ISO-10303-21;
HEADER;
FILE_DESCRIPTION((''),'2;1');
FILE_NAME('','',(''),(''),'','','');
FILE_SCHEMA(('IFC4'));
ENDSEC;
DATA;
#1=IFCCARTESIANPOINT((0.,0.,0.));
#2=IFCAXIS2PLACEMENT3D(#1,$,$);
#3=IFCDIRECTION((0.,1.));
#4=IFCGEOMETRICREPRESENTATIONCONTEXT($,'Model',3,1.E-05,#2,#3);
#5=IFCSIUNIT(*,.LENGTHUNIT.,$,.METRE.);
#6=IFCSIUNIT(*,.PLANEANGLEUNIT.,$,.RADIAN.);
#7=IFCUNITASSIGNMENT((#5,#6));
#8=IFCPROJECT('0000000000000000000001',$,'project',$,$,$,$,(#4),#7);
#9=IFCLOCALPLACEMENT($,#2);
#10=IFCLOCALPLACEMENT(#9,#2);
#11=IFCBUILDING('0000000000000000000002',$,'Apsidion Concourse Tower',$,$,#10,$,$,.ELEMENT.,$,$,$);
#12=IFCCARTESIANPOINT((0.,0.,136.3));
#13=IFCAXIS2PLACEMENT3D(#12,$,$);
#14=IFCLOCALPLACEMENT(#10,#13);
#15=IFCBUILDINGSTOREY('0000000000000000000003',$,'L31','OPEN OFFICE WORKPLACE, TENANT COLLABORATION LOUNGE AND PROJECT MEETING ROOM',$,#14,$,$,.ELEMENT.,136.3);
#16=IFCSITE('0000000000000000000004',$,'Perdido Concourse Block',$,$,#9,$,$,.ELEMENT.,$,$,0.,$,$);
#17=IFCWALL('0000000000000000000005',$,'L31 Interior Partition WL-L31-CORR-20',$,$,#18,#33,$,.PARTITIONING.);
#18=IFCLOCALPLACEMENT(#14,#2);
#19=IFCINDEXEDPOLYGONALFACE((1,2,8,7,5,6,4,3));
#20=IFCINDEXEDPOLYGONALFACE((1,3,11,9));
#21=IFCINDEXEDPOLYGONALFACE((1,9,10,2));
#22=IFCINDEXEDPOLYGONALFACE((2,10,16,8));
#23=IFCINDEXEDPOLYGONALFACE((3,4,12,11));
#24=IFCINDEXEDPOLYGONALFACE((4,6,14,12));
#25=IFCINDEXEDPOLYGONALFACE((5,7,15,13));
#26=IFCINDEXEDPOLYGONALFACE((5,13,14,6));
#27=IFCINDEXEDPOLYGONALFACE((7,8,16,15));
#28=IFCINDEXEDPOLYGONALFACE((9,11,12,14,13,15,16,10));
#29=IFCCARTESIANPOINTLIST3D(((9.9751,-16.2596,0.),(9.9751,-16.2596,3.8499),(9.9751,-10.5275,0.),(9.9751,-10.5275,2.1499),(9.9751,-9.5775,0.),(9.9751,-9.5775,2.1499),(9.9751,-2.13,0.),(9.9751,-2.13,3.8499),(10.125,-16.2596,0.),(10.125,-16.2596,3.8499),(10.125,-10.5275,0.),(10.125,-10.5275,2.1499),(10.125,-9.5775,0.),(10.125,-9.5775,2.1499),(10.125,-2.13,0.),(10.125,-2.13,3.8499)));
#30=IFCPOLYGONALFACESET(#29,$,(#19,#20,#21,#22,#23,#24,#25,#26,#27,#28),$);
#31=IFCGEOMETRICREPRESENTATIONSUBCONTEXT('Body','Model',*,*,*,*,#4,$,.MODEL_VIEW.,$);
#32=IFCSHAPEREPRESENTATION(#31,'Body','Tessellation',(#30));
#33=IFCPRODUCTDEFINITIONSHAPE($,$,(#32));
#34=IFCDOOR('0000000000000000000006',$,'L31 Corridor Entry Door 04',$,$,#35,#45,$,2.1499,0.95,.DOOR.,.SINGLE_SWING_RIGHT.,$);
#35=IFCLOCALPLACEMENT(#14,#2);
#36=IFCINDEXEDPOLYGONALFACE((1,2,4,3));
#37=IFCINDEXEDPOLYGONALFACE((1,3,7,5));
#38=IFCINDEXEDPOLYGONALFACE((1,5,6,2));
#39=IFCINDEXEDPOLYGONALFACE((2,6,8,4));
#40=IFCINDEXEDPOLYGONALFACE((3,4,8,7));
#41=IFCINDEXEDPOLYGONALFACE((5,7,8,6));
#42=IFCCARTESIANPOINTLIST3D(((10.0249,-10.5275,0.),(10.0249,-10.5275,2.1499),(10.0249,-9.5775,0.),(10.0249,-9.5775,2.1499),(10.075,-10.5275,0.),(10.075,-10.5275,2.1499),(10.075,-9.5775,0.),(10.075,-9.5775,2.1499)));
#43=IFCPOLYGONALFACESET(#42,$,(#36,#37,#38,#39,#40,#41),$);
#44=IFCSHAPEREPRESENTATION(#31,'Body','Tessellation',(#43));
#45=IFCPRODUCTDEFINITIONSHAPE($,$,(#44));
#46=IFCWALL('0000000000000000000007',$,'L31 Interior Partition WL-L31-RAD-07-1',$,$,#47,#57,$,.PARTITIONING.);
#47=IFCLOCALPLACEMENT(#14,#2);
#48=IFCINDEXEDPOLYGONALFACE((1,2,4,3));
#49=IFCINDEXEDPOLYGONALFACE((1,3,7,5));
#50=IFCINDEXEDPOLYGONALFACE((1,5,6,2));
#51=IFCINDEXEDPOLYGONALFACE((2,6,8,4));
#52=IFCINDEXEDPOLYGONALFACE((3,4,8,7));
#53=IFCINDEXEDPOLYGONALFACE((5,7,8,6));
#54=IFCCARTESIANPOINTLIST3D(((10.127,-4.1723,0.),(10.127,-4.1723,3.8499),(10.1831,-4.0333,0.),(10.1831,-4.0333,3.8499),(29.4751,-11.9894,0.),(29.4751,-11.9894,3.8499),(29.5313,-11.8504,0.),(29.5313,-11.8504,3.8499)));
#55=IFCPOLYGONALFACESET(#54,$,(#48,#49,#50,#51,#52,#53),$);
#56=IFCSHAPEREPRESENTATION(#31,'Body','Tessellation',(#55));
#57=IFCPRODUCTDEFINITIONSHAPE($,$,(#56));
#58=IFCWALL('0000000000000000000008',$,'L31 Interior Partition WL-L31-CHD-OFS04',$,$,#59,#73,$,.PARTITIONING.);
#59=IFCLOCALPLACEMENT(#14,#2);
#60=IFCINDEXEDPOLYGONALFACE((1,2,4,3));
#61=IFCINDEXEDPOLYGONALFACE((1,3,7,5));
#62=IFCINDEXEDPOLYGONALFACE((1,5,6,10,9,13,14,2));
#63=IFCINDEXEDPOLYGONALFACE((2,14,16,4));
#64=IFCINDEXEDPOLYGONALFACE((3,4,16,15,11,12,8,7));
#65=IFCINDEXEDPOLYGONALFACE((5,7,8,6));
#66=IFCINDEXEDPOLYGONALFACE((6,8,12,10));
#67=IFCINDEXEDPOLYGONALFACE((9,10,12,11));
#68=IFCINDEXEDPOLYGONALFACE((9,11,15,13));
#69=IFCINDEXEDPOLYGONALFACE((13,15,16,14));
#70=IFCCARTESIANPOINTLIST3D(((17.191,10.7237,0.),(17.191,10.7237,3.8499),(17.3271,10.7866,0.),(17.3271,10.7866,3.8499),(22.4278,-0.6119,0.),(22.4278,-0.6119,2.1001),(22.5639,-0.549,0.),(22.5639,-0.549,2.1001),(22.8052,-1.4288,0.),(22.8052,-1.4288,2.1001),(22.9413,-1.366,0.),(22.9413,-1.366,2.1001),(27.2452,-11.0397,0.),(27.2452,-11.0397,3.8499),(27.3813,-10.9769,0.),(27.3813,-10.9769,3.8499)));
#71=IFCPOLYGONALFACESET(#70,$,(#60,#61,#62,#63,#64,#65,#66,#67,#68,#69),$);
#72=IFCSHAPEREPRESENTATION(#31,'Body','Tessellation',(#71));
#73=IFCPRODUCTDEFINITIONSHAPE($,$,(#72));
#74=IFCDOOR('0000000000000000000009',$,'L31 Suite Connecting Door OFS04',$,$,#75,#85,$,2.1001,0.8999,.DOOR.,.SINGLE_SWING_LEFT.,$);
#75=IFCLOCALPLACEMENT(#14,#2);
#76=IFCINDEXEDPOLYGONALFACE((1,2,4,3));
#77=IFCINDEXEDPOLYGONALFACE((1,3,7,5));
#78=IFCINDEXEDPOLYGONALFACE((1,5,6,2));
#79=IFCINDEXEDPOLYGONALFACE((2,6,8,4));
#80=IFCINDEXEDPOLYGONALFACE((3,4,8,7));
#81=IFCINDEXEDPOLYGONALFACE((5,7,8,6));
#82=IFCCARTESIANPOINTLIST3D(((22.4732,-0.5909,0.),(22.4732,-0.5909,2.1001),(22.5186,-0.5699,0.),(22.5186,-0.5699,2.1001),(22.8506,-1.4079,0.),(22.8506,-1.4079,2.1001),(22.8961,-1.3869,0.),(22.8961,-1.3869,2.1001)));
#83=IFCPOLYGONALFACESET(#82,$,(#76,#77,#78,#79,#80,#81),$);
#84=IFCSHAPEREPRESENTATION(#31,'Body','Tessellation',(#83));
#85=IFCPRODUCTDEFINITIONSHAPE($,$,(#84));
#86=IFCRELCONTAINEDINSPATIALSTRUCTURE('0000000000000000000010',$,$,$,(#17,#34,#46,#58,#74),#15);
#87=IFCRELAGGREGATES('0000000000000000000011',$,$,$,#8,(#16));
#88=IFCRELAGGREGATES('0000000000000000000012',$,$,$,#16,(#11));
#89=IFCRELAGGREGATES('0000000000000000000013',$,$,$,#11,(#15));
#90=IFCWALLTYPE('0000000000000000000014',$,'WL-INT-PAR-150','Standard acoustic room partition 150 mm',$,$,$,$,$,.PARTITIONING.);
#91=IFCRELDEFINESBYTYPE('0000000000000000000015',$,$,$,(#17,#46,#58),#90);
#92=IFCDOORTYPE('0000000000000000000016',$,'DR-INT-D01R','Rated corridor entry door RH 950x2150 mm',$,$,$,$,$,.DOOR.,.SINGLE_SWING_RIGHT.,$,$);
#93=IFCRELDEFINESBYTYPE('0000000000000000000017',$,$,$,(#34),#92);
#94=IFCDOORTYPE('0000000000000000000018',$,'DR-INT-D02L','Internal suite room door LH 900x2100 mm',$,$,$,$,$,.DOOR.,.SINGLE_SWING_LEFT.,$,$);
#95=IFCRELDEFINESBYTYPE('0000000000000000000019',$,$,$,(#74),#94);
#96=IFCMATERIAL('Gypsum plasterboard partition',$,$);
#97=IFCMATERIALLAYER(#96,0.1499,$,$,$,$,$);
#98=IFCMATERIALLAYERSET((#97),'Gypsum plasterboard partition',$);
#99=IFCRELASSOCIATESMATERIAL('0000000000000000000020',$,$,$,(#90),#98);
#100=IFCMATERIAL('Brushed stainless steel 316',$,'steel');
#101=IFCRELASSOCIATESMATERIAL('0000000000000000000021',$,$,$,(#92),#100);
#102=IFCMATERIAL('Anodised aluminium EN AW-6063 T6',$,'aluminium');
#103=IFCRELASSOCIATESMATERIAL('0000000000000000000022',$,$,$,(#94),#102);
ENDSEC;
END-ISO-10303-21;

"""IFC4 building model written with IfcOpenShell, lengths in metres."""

from ifc_helpers import new_model, si_unit, direction, frame, frame_2d, origin, place, context, subcontext, project, spatial, rectangle, extrude, material, layer, layer_set, type_object, element, fill, save


model = new_model("IFC4")

# Units and contexts
model_context = context("Model", 3, precision=1e-05, world=origin(), true_north=direction((0.0, 1.0)))
body_context = subcontext(model_context, "Body", "Model", "MODEL_VIEW")
ifc_project = project(units=[si_unit("LENGTHUNIT", "METRE"), si_unit("PLANEANGLEUNIT", "RADIAN")], contexts=[model_context])

# Site, building, storey
site_placement = place(None, origin())
site = spatial("IfcSite", under=ifc_project, at=site_placement, Name="Perdido Concourse Block", CompositionType="ELEMENT", RefElevation=0.0)
building_placement = place(site_placement, origin())
building = spatial("IfcBuilding", under=site, at=building_placement, Name="Apsidion Concourse Tower", CompositionType="ELEMENT")
storey_placement = place(building_placement, frame((0.0, 0.0, 136.3)))
storey = spatial("IfcBuildingStorey", under=building, at=storey_placement, Name="L31", Description="OPEN OFFICE WORKPLACE, TENANT COLLABORATION LOUNGE AND PROJECT MEETING ROOM", CompositionType="ELEMENT", Elevation=136.3)

# Shared definitions
ifc_material_1 = material(Name="Anodised aluminium EN AW-6063 T6", Category="aluminium")

# Shared definitions
ifc_material_2 = material(Name="Gypsum plasterboard partition")
ifc_layer_1 = layer(ifc_material_2, 0.1499)
ifc_layer_set_1 = layer_set([ifc_layer_1], Name="Gypsum plasterboard partition")
wall_type_1 = type_object("IfcWallType", Name="WL-INT-PAR-150", Description="Standard acoustic room partition 150 mm", PredefinedType="PARTITIONING", material=ifc_layer_set_1)

# Wall, opening, door
wall_1_placement = place(storey_placement, frame((10.05, -2.1299, 0.0), z_axis=(0.0, 0.0, 1.0), x_axis=(0.0, -1.0, 0.0)))
wall_1 = element("IfcWall", 1, at=wall_1_placement, inside=storey, type_object=wall_type_1, Name="L31 Interior Partition WL-L31-CORR-20", PredefinedType="PARTITIONING", context=body_context, shape_type="SweptSolid", body=[
    extrude(rectangle(XDim=14.1296, YDim=0.1499, at=frame_2d((7.0649, 0.0))), origin(), (0.0, 0.0, 1.0), 3.8499),
])
opening_1_placement = place(wall_1_placement, frame((7.4475, 0.0, 0.0)))
opening_1 = element("IfcOpeningElement", 2, at=opening_1_placement, cuts=wall_1, PredefinedType="OPENING", context=body_context, shape_type="SweptSolid", body=[
    extrude(rectangle(XDim=0.95, YDim=2.1499, at=frame_2d((0.4751, 1.075))), frame((0.0, 0.085, 0.0), z_axis=(0.0, -1.0, 0.0), x_axis=(1.0, 0.0, 0.0)), (0.0, 0.0, 1.0), 0.1699),
])
ifc_material_3 = material(Name="Brushed stainless steel 316", Category="steel")
door_type_1 = type_object("IfcDoorType", Name="DR-INT-D01R", Description="Rated corridor entry door RH 950x2150 mm", OperationType="SINGLE_SWING_RIGHT", PredefinedType="DOOR", material=ifc_material_3)
door_1_placement = place(opening_1_placement, origin())
door_1 = element("IfcDoor", 3, at=door_1_placement, inside=storey, type_object=door_type_1, Name="L31 Corridor Entry Door 04", OperationType="SINGLE_SWING_RIGHT", OverallHeight=2.1499, OverallWidth=0.95, PredefinedType="DOOR", context=body_context, shape_type="SweptSolid", body=[
    extrude(rectangle(XDim=0.95, YDim=2.1499, at=frame_2d((0.4751, 1.075))), frame((0.0, 0.0249, 0.0), z_axis=(0.0, -1.0, 0.0), x_axis=(1.0, 0.0, 0.0)), (0.0, 0.0, 1.0), 0.05),
])
fill(opening_1, door_1)

# Wall
wall_2_placement = place(storey_placement, frame((10.155, -4.1028, 0.0), z_axis=(0.0, 0.0, 1.0), x_axis=(0.927184, -0.374606, 0.0)))
element("IfcWall", 4, at=wall_2_placement, inside=storey, type_object=wall_type_1, Name="L31 Interior Partition WL-L31-RAD-07-1", PredefinedType="PARTITIONING", context=body_context, shape_type="SweptSolid", body=[
    extrude(rectangle(XDim=20.8677, YDim=0.1499, at=frame_2d((10.4338, 0.0))), origin(), (0.0, 0.0, 1.0), 3.8499),
])

# Wall, opening, door
wall_3_placement = place(storey_placement, frame((27.3132, -11.0083, 0.0), z_axis=(0.0, 0.0, 1.0), x_axis=(-0.419386, 0.907808, 0.0)))
wall_3 = element("IfcWall", 5, at=wall_3_placement, inside=storey, type_object=wall_type_1, Name="L31 Interior Partition WL-L31-CHD-OFS04", PredefinedType="PARTITIONING", context=body_context, shape_type="SweptSolid", body=[
    extrude(rectangle(XDim=23.9736, YDim=0.1499, at=frame_2d((11.9868, 0.0))), origin(), (0.0, 0.0, 1.0), 3.8499),
])
opening_2_placement = place(wall_3_placement, frame((10.5869, 0.0, 0.0)))
opening_2 = element("IfcOpeningElement", 6, at=opening_2_placement, cuts=wall_3, PredefinedType="OPENING", context=body_context, shape_type="SweptSolid", body=[
    extrude(rectangle(XDim=0.8999, YDim=2.1001, at=frame_2d((0.45, 1.05))), frame((0.0, 0.085, 0.0), z_axis=(0.0, -1.0, 0.0), x_axis=(1.0, 0.0, 0.0)), (0.0, 0.0, 1.0), 0.1699),
])
door_type_2 = type_object("IfcDoorType", Name="DR-INT-D02L", Description="Internal suite room door LH 900x2100 mm", OperationType="SINGLE_SWING_LEFT", PredefinedType="DOOR", material=ifc_material_1)
door_2_placement = place(opening_2_placement, origin())
door_2 = element("IfcDoor", 7, at=door_2_placement, inside=storey, type_object=door_type_2, Name="L31 Suite Connecting Door OFS04", OperationType="SINGLE_SWING_LEFT", OverallHeight=2.1001, OverallWidth=0.8999, PredefinedType="DOOR", context=body_context, shape_type="SweptSolid", body=[
    extrude(rectangle(XDim=0.8999, YDim=2.1001, at=frame_2d((0.45, 1.05))), frame((0.0, 0.0249, 0.0), z_axis=(0.0, -1.0, 0.0), x_axis=(1.0, 0.0, 0.0)), (0.0, 0.0, 1.0), 0.05),
])
fill(opening_2, door_2)

save(model, "model.ifc")
